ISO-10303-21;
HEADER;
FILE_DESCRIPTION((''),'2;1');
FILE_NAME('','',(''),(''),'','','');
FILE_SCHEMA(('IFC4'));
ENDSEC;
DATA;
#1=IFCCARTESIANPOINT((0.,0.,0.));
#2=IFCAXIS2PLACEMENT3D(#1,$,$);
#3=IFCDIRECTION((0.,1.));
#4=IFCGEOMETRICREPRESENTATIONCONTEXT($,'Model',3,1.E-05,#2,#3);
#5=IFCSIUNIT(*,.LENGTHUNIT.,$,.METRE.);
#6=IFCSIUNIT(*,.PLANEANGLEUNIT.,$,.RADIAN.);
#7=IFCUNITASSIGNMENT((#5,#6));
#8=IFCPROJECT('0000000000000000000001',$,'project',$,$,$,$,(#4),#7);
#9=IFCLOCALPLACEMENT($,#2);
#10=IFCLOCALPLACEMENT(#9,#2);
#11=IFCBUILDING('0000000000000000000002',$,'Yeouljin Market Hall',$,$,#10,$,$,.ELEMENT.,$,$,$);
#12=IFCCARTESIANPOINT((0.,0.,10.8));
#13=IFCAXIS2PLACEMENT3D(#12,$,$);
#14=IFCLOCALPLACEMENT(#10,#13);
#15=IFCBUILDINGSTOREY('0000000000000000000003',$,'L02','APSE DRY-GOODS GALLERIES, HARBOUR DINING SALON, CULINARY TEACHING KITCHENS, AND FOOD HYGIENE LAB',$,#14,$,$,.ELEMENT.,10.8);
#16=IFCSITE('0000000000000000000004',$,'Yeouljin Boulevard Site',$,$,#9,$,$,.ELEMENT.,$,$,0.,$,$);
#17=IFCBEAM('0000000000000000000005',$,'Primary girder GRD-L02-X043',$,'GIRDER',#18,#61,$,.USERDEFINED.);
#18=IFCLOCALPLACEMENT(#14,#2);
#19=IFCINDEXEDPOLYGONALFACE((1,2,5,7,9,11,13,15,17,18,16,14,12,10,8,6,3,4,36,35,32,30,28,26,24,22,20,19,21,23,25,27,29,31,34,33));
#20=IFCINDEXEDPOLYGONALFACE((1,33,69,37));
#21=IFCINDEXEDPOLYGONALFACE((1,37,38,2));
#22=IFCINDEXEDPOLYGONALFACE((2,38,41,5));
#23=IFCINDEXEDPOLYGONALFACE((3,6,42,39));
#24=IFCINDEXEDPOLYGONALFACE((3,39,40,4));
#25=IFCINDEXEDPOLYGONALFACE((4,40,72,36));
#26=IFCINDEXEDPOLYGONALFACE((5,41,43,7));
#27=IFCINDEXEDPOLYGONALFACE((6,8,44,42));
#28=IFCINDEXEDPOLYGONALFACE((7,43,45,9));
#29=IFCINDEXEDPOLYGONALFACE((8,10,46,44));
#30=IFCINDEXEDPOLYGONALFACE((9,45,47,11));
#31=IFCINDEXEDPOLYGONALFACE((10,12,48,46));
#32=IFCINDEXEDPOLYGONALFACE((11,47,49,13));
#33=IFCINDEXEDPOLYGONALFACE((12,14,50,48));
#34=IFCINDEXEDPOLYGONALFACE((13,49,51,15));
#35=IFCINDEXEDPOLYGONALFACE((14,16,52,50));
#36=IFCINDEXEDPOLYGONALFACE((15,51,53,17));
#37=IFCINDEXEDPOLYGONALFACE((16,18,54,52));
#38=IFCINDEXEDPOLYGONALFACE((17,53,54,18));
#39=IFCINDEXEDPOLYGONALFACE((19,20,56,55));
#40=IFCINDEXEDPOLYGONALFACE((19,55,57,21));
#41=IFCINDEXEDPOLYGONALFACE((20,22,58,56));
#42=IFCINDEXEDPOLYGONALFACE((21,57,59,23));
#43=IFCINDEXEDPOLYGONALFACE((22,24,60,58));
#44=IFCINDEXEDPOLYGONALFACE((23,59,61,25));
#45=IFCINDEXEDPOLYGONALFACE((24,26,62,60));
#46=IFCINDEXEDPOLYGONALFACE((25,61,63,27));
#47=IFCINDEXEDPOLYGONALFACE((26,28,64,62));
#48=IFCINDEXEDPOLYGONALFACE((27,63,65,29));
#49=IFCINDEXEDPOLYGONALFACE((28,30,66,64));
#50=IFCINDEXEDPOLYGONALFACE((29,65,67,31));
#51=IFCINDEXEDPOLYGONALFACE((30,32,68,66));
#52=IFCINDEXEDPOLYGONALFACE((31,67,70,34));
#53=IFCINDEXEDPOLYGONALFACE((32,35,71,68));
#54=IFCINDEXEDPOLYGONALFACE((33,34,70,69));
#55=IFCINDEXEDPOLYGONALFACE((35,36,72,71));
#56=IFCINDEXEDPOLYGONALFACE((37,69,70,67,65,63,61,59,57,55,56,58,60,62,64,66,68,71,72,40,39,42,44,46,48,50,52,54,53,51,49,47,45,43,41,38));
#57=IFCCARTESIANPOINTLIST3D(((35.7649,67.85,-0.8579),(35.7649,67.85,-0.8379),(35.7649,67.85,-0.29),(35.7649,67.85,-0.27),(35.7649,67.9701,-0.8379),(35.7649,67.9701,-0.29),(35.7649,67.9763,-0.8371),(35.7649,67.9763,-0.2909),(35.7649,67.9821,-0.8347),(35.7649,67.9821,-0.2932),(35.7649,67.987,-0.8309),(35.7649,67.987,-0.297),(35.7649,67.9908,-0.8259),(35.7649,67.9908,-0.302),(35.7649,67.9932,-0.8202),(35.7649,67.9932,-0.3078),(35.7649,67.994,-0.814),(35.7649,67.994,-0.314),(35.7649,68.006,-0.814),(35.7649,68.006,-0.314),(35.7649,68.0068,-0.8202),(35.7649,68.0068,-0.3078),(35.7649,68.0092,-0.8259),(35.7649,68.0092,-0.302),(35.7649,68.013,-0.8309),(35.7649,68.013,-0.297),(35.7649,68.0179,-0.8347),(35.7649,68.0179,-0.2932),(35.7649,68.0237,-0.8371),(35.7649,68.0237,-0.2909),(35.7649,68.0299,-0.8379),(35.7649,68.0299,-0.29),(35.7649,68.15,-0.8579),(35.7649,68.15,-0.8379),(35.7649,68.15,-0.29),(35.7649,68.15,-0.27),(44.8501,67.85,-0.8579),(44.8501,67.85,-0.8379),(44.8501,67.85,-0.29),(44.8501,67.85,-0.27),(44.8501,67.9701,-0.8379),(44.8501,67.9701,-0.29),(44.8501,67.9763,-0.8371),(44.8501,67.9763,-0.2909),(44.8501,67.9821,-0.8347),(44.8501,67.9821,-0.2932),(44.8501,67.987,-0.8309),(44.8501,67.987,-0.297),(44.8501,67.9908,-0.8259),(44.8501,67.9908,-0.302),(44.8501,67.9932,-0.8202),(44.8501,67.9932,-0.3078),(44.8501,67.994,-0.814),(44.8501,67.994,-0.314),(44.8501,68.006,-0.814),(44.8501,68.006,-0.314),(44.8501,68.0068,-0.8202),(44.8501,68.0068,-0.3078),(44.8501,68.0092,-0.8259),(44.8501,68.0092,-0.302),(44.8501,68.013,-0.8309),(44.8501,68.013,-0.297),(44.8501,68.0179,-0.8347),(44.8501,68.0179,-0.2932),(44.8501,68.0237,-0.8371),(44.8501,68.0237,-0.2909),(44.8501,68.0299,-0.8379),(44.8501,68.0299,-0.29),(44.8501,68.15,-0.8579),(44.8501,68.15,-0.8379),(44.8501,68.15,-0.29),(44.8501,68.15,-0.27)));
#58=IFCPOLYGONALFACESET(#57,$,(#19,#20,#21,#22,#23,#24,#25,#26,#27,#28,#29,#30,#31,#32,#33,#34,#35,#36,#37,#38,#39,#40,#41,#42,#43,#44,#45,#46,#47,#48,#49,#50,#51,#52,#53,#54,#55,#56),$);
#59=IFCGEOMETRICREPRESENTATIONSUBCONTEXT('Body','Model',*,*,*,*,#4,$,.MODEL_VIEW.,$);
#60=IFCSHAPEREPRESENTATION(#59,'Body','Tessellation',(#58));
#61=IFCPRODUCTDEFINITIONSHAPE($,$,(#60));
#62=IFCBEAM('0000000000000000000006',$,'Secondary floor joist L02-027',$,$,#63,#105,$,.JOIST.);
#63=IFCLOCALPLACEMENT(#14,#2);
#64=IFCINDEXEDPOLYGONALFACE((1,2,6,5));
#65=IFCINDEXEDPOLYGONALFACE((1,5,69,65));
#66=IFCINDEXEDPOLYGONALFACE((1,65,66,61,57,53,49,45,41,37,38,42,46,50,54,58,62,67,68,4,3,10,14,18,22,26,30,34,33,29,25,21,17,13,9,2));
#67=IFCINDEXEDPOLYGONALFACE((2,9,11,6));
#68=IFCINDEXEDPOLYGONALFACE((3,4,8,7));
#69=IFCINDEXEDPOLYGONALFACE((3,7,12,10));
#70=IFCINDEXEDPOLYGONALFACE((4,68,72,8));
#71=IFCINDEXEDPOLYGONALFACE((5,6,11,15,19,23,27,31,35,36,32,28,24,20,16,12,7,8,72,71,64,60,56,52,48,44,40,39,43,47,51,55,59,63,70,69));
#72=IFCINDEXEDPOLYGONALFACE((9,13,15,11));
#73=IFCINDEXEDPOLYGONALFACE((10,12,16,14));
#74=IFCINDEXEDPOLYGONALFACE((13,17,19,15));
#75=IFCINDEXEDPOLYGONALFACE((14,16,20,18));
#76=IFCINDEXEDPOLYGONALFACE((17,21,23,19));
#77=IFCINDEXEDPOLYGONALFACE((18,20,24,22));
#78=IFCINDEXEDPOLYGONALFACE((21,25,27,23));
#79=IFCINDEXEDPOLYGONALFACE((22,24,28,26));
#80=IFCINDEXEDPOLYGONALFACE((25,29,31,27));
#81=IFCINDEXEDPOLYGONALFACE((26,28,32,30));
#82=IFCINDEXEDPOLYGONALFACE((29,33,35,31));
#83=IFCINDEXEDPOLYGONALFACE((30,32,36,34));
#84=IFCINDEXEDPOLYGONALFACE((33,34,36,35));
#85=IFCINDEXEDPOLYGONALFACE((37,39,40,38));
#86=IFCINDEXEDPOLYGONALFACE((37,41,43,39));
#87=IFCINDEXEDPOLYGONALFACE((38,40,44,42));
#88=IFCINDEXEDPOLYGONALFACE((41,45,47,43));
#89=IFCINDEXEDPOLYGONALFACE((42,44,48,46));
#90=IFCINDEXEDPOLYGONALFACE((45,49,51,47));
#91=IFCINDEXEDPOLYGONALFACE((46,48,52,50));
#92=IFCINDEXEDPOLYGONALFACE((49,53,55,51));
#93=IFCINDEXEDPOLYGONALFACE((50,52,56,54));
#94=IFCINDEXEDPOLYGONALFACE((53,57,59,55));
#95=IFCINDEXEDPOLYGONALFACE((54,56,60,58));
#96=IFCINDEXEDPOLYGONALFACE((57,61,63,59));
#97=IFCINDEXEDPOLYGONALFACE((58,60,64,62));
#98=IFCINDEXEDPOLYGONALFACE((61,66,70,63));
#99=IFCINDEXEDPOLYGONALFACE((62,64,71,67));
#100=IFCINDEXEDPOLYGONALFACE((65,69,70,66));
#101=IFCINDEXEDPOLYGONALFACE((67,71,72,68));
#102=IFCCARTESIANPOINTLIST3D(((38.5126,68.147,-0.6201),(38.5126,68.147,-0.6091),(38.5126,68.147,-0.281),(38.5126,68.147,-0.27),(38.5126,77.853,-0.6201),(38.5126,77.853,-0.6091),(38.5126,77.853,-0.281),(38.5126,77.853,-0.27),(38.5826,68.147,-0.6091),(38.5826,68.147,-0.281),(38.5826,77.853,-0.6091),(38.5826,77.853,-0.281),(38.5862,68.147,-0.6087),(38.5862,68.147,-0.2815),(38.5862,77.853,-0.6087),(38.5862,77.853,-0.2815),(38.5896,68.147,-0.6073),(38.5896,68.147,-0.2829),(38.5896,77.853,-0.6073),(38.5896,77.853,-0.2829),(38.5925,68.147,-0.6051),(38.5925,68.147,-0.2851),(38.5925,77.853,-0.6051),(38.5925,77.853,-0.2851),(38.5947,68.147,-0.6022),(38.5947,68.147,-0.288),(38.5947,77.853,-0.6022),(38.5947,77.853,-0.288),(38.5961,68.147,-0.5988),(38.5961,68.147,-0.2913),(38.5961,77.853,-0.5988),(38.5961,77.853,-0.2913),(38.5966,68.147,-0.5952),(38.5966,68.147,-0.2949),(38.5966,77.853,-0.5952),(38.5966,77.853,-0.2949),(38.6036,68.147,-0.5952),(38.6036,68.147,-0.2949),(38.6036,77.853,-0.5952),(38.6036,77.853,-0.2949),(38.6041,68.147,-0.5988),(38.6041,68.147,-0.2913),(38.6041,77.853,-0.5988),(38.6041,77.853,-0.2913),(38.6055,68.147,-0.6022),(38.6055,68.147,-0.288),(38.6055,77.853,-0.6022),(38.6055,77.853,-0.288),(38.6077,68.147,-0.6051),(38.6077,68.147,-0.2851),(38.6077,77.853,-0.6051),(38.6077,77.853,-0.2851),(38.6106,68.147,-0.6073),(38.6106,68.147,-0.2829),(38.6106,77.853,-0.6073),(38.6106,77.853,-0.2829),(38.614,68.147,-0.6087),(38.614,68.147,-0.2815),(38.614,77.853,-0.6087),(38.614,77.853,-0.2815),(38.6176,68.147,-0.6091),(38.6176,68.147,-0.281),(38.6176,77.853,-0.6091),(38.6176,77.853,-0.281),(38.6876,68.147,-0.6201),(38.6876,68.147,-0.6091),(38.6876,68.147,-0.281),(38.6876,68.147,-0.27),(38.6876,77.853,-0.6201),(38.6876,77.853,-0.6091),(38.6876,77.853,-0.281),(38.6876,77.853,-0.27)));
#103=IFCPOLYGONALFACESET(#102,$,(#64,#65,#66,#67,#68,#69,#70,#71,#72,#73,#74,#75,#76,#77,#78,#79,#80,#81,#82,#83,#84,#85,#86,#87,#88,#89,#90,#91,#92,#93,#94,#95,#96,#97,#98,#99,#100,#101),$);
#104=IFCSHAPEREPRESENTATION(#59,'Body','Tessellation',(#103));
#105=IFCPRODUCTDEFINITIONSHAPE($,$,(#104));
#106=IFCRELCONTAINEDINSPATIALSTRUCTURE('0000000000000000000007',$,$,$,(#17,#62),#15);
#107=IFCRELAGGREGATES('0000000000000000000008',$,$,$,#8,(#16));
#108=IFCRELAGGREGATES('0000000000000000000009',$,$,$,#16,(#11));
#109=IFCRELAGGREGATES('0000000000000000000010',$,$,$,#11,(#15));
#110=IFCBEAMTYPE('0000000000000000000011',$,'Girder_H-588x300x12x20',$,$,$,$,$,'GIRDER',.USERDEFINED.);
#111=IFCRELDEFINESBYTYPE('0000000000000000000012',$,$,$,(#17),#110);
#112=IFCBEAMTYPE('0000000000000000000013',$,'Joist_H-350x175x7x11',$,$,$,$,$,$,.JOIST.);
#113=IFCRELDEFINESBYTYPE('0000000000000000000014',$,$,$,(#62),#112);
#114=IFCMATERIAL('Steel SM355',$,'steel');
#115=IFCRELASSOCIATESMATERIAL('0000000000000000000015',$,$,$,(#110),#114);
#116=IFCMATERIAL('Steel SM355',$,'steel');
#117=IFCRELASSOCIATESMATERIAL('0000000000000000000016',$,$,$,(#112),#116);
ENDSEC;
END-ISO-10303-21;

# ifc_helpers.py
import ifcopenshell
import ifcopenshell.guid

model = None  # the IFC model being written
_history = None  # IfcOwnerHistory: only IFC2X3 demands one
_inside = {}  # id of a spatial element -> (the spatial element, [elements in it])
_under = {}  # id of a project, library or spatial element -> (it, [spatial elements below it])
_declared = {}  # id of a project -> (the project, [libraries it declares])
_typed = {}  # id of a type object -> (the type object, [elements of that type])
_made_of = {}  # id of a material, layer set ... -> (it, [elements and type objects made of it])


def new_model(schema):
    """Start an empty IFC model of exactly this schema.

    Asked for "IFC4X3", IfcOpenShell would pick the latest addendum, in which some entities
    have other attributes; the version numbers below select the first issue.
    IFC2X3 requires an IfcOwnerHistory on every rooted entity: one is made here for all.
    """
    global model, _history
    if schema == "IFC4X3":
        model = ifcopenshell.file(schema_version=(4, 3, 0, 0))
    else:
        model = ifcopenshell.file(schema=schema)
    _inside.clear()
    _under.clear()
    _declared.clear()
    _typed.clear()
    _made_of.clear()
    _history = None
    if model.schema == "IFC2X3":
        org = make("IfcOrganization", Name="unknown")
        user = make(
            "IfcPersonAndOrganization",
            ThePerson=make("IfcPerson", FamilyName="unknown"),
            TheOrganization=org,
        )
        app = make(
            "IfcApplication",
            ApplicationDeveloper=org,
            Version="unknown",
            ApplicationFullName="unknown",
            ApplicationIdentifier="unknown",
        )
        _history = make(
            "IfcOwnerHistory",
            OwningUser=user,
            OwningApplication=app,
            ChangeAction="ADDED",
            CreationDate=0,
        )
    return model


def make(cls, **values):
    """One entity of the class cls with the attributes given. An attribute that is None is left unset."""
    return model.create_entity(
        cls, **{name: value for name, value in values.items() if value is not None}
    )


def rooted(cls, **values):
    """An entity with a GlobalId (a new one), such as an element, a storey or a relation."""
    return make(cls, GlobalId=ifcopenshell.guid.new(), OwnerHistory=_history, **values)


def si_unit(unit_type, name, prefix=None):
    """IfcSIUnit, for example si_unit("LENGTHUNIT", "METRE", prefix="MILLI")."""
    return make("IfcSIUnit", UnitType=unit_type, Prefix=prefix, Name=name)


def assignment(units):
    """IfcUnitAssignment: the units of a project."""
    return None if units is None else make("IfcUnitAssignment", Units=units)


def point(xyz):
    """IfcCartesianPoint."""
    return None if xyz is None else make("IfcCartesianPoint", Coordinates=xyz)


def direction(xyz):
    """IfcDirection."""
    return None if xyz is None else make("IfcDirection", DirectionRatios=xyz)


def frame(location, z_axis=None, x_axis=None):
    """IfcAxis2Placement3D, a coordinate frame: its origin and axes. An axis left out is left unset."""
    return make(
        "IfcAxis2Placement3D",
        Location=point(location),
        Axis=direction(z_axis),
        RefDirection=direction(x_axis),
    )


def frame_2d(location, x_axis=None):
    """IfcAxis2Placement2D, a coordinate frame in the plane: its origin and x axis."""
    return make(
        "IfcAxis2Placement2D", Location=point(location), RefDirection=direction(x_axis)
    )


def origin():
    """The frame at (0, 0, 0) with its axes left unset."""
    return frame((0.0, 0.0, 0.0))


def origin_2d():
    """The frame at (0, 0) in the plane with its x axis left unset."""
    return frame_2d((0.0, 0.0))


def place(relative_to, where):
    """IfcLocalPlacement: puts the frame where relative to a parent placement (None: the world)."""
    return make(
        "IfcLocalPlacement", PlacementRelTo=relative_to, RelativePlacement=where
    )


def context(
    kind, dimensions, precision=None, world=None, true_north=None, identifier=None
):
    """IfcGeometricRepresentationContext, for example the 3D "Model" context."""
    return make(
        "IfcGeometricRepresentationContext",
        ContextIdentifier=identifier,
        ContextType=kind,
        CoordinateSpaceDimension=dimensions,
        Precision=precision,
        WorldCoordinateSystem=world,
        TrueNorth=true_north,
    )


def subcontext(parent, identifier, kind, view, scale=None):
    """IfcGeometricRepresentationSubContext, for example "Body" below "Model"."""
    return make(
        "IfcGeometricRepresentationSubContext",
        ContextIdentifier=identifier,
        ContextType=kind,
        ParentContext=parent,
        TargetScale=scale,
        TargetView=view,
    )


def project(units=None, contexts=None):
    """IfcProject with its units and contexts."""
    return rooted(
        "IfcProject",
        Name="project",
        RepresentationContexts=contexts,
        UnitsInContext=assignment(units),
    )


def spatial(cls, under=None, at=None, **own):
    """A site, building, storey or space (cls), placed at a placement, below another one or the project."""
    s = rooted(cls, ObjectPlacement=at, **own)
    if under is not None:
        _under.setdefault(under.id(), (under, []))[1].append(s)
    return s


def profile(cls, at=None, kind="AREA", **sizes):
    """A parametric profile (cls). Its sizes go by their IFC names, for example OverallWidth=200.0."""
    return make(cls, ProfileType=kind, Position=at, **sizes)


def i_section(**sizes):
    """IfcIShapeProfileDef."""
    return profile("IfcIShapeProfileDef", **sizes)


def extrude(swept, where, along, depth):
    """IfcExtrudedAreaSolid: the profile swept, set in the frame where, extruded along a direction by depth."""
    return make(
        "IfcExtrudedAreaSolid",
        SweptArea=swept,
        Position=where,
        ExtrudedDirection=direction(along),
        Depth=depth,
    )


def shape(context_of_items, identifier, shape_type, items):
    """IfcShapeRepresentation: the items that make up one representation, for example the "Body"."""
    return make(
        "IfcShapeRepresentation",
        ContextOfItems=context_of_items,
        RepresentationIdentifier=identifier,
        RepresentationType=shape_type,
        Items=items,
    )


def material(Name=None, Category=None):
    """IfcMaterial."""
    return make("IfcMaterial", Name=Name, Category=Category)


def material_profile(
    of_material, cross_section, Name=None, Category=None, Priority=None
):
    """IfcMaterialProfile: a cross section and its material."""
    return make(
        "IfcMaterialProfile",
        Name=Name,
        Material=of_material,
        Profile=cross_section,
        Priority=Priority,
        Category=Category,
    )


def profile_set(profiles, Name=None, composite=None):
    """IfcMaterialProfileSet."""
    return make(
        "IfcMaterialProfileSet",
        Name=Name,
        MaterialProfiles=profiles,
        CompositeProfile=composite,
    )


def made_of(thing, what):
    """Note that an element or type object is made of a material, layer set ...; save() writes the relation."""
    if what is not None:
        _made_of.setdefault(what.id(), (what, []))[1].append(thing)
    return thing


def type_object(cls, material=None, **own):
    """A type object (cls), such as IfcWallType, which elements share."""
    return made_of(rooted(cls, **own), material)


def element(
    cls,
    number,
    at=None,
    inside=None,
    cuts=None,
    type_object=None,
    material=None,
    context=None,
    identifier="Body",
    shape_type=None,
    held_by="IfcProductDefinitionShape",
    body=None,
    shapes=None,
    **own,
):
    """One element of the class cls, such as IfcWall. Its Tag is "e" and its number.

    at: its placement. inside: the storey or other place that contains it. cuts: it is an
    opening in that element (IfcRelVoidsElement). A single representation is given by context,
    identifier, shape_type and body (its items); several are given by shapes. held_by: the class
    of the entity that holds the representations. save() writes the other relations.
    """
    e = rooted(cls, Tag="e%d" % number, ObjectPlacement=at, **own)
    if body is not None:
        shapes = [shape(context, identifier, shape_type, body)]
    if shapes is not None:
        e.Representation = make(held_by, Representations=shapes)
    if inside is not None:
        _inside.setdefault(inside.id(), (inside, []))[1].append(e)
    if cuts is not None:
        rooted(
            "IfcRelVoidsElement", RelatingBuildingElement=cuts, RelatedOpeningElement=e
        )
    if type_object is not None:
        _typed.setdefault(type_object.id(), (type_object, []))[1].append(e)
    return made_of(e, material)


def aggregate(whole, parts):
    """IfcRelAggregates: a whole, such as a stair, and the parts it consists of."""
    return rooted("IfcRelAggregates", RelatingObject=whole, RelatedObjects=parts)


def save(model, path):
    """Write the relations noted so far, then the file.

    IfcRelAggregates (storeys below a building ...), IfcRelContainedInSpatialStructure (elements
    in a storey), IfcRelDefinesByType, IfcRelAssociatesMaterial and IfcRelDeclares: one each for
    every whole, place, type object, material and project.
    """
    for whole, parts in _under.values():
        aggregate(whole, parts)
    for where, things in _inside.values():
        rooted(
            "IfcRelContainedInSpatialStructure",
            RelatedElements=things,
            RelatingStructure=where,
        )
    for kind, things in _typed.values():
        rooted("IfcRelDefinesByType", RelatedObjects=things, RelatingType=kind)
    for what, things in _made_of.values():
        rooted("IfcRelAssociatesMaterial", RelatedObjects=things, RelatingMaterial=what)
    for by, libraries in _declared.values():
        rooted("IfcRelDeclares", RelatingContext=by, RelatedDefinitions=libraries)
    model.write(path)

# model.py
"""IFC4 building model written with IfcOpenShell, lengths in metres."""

from ifc_helpers import new_model, si_unit, direction, frame, origin, origin_2d, place, context, subcontext, project, spatial, i_section, extrude, material, material_profile, profile_set, type_object, element, save


model = new_model("IFC4")

# Units and contexts
model_context = context("Model", 3, precision=1e-05, world=origin(), true_north=direction((0.0, 1.0)))
body_context = subcontext(model_context, "Body", "Model", "MODEL_VIEW")
ifc_project = project(units=[si_unit("LENGTHUNIT", "METRE"), si_unit("PLANEANGLEUNIT", "RADIAN")], contexts=[model_context])

# Site, building, storey
site_placement = place(None, origin())
site = spatial("IfcSite", under=ifc_project, at=site_placement, Name="Yeouljin Boulevard Site", CompositionType="ELEMENT", RefElevation=0.0)
building_placement = place(site_placement, origin())
building = spatial("IfcBuilding", under=site, at=building_placement, Name="Yeouljin Market Hall", CompositionType="ELEMENT")
storey_placement = place(building_placement, frame((0.0, 0.0, 10.8)))
storey = spatial("IfcBuildingStorey", under=building, at=storey_placement, Name="L02", Description="APSE DRY-GOODS GALLERIES, HARBOUR DINING SALON, CULINARY TEACHING KITCHENS, AND FOOD HYGIENE LAB", CompositionType="ELEMENT", Elevation=10.8)

# Beams
ifc_material_1 = material(Name="Steel SM355", Category="steel")
ifc_material_profile_1 = material_profile(ifc_material_1, i_section(OverallWidth=0.3, OverallDepth=0.5879, WebThickness=0.012, FlangeThickness=0.02, FilletRadius=0.0239, at=origin_2d()), Name="H-588x300x12x20")
ifc_profile_set_1 = profile_set([ifc_material_profile_1], Name="Steel SM355")
beam_type_1 = type_object("IfcBeamType", Name="Girder_H-588x300x12x20", ElementType="GIRDER", PredefinedType="USERDEFINED", material=ifc_profile_set_1)
beam_1_placement = place(storey_placement, frame((35.7649, 68.0, -0.564), z_axis=(1.0, 0.0, 0.0), x_axis=(0.0, 1.0, 0.0)))
element("IfcBeam", 1, at=beam_1_placement, inside=storey, type_object=beam_type_1, Name="Primary girder GRD-L02-X043", ObjectType="GIRDER", PredefinedType="USERDEFINED", context=body_context, shape_type="SweptSolid", body=[
    extrude(i_section(OverallWidth=0.3, OverallDepth=0.5879, WebThickness=0.012, FlangeThickness=0.02, FilletRadius=0.0239, at=origin_2d()), origin(), (0.0, 0.0, 1.0), 9.0852),
])
ifc_material_2 = material(Name="Steel SM355", Category="steel")
ifc_material_profile_2 = material_profile(ifc_material_2, i_section(OverallWidth=0.175, OverallDepth=0.3501, WebThickness=0.0071, FlangeThickness=0.011, FilletRadius=0.0139, at=origin_2d()), Name="H-350x175x7x11")
ifc_profile_set_2 = profile_set([ifc_material_profile_2], Name="Steel SM355")
beam_type_2 = type_object("IfcBeamType", Name="Joist_H-350x175x7x11", PredefinedType="JOIST", material=ifc_profile_set_2)
beam_2_placement = place(storey_placement, frame((38.6001, 68.147, -0.4451), z_axis=(0.0, 1.0, 0.0), x_axis=(-1.0, 0.0, 0.0)))
element("IfcBeam", 2, at=beam_2_placement, inside=storey, type_object=beam_type_2, Name="Secondary floor joist L02-027", PredefinedType="JOIST", context=body_context, shape_type="SweptSolid", body=[
    extrude(i_section(OverallWidth=0.175, OverallDepth=0.3501, WebThickness=0.0071, FlangeThickness=0.011, FilletRadius=0.0139, at=origin_2d()), origin(), (0.0, 0.0, 1.0), 9.7061),
])

save(model, "model.ifc")
